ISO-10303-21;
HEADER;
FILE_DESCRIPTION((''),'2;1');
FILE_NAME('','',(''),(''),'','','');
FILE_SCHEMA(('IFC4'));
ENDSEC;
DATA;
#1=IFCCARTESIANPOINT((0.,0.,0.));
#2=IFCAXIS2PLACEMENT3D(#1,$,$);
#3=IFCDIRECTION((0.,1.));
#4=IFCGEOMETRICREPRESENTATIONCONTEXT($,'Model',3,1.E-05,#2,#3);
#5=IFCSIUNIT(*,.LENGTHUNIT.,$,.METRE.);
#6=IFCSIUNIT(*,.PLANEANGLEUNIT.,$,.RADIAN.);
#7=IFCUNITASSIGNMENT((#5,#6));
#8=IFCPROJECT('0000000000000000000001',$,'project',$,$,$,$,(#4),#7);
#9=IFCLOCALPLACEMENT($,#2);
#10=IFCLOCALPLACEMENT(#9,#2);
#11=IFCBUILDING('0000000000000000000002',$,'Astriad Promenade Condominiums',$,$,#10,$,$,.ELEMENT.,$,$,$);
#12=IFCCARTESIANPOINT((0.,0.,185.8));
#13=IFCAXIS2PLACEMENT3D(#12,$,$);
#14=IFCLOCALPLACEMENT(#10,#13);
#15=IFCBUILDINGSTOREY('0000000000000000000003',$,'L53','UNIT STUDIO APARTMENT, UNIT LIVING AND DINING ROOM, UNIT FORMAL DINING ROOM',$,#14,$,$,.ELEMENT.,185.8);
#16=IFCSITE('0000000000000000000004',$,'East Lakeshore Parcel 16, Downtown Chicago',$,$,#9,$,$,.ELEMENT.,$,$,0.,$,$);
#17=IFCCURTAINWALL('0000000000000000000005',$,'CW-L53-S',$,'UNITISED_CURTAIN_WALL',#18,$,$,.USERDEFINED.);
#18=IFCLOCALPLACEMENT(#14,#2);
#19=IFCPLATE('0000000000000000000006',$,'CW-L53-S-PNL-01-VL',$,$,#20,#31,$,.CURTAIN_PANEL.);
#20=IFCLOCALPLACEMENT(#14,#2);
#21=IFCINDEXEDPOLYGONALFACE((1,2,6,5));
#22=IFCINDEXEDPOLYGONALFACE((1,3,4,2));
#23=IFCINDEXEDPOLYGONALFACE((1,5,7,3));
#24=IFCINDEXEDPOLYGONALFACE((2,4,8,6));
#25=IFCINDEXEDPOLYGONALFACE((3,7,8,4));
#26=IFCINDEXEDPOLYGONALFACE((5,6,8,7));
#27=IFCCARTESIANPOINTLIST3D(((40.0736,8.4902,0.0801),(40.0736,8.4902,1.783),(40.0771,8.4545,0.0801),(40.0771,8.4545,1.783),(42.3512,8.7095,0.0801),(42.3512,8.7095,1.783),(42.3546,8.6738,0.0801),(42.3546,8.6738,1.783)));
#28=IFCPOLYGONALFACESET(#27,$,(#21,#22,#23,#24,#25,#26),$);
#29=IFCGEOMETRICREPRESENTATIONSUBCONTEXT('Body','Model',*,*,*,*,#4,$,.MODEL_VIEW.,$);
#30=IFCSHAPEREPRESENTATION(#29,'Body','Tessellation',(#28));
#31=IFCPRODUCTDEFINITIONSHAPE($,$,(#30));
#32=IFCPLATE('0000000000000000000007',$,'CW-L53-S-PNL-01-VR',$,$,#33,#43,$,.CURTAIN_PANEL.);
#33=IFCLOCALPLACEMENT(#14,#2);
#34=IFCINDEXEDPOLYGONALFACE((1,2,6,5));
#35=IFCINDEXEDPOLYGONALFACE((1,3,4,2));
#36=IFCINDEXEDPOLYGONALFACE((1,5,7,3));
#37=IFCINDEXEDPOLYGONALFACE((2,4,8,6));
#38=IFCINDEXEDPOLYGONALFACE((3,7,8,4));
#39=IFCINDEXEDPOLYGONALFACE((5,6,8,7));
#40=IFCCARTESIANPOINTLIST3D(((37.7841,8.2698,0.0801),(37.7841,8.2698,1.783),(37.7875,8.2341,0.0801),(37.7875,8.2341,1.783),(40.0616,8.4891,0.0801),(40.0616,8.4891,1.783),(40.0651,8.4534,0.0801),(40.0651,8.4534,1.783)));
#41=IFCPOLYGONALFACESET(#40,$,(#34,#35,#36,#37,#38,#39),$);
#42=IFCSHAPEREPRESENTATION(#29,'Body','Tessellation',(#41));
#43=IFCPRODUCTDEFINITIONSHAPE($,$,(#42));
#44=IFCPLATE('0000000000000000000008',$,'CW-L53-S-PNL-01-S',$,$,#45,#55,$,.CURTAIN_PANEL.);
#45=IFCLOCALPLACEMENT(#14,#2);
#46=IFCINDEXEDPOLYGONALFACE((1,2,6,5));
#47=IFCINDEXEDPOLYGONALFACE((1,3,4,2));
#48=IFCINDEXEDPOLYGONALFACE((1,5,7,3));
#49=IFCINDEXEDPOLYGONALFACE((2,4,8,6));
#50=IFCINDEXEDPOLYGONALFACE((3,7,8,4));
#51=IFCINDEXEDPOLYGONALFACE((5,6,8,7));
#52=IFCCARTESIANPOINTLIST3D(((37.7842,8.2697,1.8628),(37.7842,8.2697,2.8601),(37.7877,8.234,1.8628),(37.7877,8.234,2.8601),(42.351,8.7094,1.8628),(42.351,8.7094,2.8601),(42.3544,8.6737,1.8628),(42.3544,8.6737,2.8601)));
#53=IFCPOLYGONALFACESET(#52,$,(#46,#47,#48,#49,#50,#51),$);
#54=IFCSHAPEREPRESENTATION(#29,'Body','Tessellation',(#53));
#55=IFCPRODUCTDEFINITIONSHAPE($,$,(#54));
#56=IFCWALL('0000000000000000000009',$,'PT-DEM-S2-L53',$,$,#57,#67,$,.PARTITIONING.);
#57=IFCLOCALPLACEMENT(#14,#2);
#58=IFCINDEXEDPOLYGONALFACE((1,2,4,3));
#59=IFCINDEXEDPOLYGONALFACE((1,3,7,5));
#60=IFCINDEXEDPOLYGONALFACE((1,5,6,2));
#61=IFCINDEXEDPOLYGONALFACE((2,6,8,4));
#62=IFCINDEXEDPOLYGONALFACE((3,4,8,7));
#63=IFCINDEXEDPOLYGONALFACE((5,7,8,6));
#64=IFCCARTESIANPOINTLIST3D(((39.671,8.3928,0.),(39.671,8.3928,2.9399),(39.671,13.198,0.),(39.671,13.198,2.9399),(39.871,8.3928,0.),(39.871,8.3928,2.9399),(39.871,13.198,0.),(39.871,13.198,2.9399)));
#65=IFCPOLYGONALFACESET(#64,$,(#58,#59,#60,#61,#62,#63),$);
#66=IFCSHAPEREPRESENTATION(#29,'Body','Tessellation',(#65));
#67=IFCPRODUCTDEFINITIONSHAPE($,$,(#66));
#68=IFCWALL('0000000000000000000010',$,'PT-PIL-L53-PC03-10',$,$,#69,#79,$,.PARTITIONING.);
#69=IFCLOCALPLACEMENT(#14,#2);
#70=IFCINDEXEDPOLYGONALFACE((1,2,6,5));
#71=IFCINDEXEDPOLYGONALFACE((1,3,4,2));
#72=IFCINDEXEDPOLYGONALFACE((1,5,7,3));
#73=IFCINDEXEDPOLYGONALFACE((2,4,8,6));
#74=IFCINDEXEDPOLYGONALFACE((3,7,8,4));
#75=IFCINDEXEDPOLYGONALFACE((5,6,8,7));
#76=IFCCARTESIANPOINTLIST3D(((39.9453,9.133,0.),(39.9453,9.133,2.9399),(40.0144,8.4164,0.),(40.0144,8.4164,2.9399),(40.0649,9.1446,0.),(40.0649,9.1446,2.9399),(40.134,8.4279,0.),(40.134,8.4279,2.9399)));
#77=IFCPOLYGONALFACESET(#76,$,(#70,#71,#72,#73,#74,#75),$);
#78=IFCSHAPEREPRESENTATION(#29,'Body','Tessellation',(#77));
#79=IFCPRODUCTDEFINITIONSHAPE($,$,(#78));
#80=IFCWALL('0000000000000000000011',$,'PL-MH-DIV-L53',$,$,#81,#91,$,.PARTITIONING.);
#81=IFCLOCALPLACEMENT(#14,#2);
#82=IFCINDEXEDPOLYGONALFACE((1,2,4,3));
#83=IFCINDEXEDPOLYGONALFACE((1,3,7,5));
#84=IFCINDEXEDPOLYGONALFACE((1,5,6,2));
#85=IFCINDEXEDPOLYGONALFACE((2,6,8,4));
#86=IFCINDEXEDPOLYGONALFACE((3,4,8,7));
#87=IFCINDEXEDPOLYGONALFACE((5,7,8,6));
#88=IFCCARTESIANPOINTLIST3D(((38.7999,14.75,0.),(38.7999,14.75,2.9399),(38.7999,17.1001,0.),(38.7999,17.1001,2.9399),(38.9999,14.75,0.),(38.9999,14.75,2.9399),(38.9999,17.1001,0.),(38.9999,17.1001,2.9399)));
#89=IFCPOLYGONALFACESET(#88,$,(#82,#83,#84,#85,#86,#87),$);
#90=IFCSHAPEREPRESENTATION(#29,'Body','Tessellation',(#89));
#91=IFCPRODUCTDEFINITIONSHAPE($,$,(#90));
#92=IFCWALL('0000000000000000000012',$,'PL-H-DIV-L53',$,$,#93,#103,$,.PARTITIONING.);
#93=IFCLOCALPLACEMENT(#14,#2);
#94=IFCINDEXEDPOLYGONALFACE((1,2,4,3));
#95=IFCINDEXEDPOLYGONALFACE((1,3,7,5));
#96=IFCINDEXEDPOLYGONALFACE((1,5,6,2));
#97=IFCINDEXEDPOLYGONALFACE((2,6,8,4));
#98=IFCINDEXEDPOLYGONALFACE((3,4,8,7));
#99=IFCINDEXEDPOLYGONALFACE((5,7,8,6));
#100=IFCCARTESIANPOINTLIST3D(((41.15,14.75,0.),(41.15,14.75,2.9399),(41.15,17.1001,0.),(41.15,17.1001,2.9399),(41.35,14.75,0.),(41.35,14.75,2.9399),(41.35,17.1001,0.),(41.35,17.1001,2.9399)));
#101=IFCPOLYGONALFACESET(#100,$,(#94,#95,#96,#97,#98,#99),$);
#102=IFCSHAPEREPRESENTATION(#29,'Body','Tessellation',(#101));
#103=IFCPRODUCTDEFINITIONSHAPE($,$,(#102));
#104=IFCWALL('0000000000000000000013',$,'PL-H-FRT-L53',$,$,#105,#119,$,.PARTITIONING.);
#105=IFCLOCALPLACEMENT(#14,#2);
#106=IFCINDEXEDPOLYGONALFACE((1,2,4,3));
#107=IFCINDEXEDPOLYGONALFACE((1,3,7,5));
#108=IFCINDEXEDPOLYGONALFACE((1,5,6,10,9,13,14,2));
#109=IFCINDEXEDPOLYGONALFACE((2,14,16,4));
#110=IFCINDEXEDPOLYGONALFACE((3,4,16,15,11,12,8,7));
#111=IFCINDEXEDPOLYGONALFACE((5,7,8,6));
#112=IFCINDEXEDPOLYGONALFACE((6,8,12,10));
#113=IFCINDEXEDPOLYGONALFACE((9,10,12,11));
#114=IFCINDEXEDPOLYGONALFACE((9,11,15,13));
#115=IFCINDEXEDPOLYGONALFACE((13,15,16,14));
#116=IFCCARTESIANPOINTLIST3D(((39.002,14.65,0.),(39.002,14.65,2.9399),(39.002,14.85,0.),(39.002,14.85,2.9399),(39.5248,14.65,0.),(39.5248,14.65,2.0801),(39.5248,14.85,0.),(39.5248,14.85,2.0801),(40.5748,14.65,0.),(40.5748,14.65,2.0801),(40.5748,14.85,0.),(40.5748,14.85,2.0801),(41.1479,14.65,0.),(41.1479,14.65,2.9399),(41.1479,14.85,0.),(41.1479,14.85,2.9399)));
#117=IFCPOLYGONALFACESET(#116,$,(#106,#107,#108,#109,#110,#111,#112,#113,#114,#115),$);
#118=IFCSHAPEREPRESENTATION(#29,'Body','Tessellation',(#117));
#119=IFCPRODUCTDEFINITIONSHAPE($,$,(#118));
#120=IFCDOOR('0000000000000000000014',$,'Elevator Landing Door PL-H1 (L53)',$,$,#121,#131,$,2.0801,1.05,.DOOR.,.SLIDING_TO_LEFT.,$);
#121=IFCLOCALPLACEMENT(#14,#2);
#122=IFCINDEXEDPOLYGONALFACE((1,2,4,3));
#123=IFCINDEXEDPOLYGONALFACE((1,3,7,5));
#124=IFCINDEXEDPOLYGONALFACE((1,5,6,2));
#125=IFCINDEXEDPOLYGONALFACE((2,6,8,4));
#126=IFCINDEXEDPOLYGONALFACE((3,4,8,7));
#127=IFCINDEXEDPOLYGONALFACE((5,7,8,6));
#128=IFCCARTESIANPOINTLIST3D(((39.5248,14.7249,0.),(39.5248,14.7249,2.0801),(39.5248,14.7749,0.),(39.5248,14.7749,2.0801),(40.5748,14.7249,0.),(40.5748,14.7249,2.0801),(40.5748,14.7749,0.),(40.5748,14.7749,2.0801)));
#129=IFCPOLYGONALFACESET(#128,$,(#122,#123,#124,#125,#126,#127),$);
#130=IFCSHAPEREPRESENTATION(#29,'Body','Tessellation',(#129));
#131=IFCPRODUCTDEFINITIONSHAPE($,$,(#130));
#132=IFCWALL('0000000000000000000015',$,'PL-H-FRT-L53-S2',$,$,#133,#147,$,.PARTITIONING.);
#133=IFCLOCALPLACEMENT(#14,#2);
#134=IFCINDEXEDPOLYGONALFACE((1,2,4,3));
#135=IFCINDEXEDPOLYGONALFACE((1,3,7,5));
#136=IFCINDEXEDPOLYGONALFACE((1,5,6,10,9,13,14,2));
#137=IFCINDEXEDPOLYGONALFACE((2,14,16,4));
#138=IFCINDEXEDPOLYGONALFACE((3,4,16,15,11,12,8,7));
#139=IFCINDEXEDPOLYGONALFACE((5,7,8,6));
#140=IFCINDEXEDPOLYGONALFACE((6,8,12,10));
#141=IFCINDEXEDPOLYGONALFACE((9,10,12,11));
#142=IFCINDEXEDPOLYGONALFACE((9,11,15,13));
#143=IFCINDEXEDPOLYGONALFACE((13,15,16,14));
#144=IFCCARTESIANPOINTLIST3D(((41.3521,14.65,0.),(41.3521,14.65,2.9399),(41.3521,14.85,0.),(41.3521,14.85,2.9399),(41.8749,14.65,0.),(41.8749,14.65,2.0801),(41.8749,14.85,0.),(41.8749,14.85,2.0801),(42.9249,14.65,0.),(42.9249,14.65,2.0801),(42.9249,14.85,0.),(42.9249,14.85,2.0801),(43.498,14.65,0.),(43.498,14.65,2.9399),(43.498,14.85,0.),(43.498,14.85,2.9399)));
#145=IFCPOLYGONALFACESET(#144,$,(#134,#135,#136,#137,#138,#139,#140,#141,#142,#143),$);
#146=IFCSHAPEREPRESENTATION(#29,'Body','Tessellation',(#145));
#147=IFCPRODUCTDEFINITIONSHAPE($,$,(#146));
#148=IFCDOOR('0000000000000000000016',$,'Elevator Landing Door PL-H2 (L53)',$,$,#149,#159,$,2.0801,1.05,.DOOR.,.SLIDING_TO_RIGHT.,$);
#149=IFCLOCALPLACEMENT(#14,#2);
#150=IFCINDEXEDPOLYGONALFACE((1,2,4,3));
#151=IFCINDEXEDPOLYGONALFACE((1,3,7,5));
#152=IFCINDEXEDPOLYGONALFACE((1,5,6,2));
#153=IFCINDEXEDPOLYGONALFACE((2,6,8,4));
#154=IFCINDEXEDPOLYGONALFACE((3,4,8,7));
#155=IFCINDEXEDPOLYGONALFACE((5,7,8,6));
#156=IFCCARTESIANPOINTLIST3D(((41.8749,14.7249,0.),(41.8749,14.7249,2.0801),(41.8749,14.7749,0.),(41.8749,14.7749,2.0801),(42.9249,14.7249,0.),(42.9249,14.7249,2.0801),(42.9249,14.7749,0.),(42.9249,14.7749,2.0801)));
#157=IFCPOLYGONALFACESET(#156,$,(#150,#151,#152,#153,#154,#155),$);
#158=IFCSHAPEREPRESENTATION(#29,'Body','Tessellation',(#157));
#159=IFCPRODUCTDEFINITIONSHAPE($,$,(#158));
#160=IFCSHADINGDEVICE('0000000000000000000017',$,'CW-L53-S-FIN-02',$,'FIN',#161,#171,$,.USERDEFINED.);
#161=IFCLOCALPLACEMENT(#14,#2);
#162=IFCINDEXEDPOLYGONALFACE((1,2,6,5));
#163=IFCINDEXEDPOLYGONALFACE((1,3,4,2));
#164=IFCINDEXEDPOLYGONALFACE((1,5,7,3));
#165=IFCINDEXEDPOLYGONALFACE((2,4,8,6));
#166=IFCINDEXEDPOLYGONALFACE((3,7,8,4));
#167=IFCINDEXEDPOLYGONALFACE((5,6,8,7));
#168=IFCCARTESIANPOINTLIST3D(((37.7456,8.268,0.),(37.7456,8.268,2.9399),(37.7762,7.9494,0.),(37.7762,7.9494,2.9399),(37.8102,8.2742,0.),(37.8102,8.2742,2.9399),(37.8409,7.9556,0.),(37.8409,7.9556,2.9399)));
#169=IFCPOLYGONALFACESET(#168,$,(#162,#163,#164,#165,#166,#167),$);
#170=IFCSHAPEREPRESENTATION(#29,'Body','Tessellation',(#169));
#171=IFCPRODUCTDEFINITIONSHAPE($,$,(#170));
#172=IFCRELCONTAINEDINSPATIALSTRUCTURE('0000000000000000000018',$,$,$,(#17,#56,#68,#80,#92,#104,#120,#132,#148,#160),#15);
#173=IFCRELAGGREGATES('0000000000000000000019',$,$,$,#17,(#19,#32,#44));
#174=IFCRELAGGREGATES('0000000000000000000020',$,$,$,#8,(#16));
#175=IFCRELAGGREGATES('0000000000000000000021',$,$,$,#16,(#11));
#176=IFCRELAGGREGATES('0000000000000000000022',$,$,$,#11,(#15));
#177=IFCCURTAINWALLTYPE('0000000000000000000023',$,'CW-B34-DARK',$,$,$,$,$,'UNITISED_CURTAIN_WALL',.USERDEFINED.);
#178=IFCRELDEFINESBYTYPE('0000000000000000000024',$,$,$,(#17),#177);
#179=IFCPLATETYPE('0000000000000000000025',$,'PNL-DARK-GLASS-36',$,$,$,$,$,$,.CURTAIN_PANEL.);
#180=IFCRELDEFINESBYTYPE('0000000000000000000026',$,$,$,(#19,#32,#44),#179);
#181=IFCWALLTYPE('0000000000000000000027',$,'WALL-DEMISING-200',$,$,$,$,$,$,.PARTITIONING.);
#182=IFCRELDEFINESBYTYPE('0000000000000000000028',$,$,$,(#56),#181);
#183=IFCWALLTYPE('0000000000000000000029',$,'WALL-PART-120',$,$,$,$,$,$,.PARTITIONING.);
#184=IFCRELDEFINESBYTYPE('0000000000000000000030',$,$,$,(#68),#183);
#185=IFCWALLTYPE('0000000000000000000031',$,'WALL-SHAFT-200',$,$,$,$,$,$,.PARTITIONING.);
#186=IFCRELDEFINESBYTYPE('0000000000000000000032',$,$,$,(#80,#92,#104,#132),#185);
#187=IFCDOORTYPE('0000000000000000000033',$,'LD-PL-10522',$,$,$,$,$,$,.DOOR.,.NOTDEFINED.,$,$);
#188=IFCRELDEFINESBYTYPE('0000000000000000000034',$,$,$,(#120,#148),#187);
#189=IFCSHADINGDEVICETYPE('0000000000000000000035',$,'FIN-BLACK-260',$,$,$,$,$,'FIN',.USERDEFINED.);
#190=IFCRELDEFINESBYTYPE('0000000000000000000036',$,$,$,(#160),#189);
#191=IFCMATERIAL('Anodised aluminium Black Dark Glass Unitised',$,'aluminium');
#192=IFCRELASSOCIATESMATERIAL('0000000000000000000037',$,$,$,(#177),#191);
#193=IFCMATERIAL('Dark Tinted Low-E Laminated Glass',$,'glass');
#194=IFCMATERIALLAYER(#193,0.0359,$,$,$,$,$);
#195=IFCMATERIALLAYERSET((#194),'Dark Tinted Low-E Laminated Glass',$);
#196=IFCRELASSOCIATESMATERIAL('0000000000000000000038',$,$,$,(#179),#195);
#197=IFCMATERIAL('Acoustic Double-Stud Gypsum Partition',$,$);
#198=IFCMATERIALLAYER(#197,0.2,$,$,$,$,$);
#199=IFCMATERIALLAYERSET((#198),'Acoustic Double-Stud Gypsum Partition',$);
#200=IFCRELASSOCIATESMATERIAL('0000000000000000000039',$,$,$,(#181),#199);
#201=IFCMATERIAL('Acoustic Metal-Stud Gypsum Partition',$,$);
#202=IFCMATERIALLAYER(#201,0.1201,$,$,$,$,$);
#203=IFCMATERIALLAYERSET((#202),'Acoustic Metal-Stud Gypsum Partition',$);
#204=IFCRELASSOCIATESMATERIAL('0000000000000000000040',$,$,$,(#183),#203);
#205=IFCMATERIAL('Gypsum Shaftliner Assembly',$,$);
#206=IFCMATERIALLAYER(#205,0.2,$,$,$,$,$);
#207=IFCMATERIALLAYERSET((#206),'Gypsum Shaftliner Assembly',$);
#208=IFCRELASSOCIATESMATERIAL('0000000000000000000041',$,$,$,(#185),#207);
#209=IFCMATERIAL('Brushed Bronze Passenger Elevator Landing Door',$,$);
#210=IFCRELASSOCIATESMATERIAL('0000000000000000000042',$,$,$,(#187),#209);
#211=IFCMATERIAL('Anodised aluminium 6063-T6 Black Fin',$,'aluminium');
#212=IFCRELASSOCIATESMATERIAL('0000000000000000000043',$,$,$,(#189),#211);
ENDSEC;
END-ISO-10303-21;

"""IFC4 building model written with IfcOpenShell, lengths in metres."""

from ifc_helpers import new_model, si_unit, direction, frame, frame_2d, origin, origin_2d, place, context, subcontext, project, spatial, rectangle, extrude, source, transform, mapped, material, layer, layer_set, type_object, type_shapes, element, fill, aggregate, save


model = new_model("IFC4")

# Units and contexts
model_context = context("Model", 3, precision=1e-05, world=origin(), true_north=direction((0.0, 1.0)))
body_context = subcontext(model_context, "Body", "Model", "MODEL_VIEW")
ifc_project = project(units=[si_unit("LENGTHUNIT", "METRE"), si_unit("PLANEANGLEUNIT", "RADIAN")], contexts=[model_context])

# Site, building, storey
site_placement = place(None, origin())
site = spatial("IfcSite", under=ifc_project, at=site_placement, Name="East Lakeshore Parcel 16, Downtown Chicago", CompositionType="ELEMENT", RefElevation=0.0)
building_placement = place(site_placement, origin())
building = spatial("IfcBuilding", under=site, at=building_placement, Name="Astriad Promenade Condominiums", CompositionType="ELEMENT")
storey_placement = place(building_placement, frame((0.0, 0.0, 185.8)))
storey = spatial("IfcBuildingStorey", under=building, at=storey_placement, Name="L53", Description="UNIT STUDIO APARTMENT, UNIT LIVING AND DINING ROOM, UNIT FORMAL DINING ROOM", CompositionType="ELEMENT", Elevation=185.8)

# Curtain wall, plates
ifc_material_1 = material(Name="Anodised aluminium Black Dark Glass Unitised", Category="aluminium")
curtain_wall_type = type_object("IfcCurtainWallType", Name="CW-B34-DARK", ElementType="UNITISED_CURTAIN_WALL", PredefinedType="USERDEFINED", material=ifc_material_1)
curtain_wall_placement = place(storey_placement, origin())
curtain_wall = element("IfcCurtainWall", 1, at=curtain_wall_placement, inside=storey, type_object=curtain_wall_type, Name="CW-L53-S", ObjectType="UNITISED_CURTAIN_WALL", PredefinedType="USERDEFINED")
ifc_material_2 = material(Name="Dark Tinted Low-E Laminated Glass", Category="glass")
ifc_layer_1 = layer(ifc_material_2, 0.0359)
ifc_layer_set_1 = layer_set([ifc_layer_1], Name="Dark Tinted Low-E Laminated Glass")
plate_type = type_object("IfcPlateType", Name="PNL-DARK-GLASS-36", PredefinedType="CURTAIN_PANEL", material=ifc_layer_set_1)
shared_shape_1 = source(origin(), body_context, "Body", "SweptSolid", [
    extrude(rectangle(XDim=2.2881, YDim=0.0359, at=origin_2d()), origin(), (0.0, 0.0, 1.0), 1.7029),
])
plate_1_placement = place(storey_placement, frame((41.2141, 8.582, 0.0801), z_axis=(0.0, 0.0, 1.0), x_axis=(-0.995396, -0.095846, 0.0)))
plate_1 = element("IfcPlate", 2, at=plate_1_placement, type_object=plate_type, Name="CW-L53-S-PNL-01-VL", PredefinedType="CURTAIN_PANEL", context=body_context, shape_type="MappedRepresentation", body=[
    mapped(shared_shape_1, transform((0.0, 0.0, 0.0), scale=1.0)),
])
plate_2_placement = place(storey_placement, frame((38.9246, 8.3616, 0.0801), z_axis=(0.0, 0.0, 1.0), x_axis=(-0.995396, -0.095846, 0.0)))
plate_2 = element("IfcPlate", 3, at=plate_2_placement, type_object=plate_type, Name="CW-L53-S-PNL-01-VR", PredefinedType="CURTAIN_PANEL", context=body_context, shape_type="MappedRepresentation", body=[
    mapped(shared_shape_1, transform((0.0, 0.0, 0.0), scale=1.0)),
])
shared_shape_2 = source(origin(), body_context, "Body", "SweptSolid", [
    extrude(rectangle(XDim=4.5879, YDim=0.0359, at=origin_2d()), origin(), (0.0, 0.0, 1.0), 0.9973),
])
type_shapes(plate_type, [shared_shape_1, shared_shape_2])
plate_3_placement = place(storey_placement, frame((40.0693, 8.4717, 1.8628), z_axis=(0.0, 0.0, 1.0), x_axis=(-0.995396, -0.095846, 0.0)))
plate_3 = element("IfcPlate", 4, at=plate_3_placement, type_object=plate_type, Name="CW-L53-S-PNL-01-S", PredefinedType="CURTAIN_PANEL", context=body_context, shape_type="MappedRepresentation", body=[
    mapped(shared_shape_2, transform((0.0, 0.0, 0.0), scale=1.0)),
])
aggregate(curtain_wall, [plate_1, plate_2, plate_3])

# Walls
ifc_material_3 = material(Name="Acoustic Double-Stud Gypsum Partition")
ifc_layer_2 = layer(ifc_material_3, 0.2)
ifc_layer_set_2 = layer_set([ifc_layer_2], Name="Acoustic Double-Stud Gypsum Partition")
wall_type_1 = type_object("IfcWallType", Name="WALL-DEMISING-200", PredefinedType="PARTITIONING", material=ifc_layer_set_2)
wall_1_placement = place(storey_placement, frame((39.771, 8.3928, 0.0), z_axis=(0.0, 0.0, 1.0), x_axis=(0.0, 1.0, 0.0)))
element("IfcWall", 5, at=wall_1_placement, inside=storey, type_object=wall_type_1, Name="PT-DEM-S2-L53", PredefinedType="PARTITIONING", context=body_context, shape_type="SweptSolid", body=[
    extrude(rectangle(XDim=4.8052, YDim=0.2, at=frame_2d((2.4026, 0.0))), origin(), (0.0, 0.0, 1.0), 2.9399),
])
ifc_material_4 = material(Name="Acoustic Metal-Stud Gypsum Partition")
ifc_layer_3 = layer(ifc_material_4, 0.1201)
ifc_layer_set_3 = layer_set([ifc_layer_3], Name="Acoustic Metal-Stud Gypsum Partition")
wall_type_2 = type_object("IfcWallType", Name="WALL-PART-120", PredefinedType="PARTITIONING", material=ifc_layer_set_3)
wall_2_placement = place(storey_placement, frame((40.0051, 9.1387, 0.0), z_axis=(0.0, 0.0, 1.0), x_axis=(0.095977, -0.995384, 0.0)))
element("IfcWall", 6, at=wall_2_placement, inside=storey, type_object=wall_type_2, Name="PT-PIL-L53-PC03-10", PredefinedType="PARTITIONING", context=body_context, shape_type="SweptSolid", body=[
    extrude(rectangle(XDim=0.72, YDim=0.1201, at=frame_2d((0.3599, 0.0))), origin(), (0.0, 0.0, 1.0), 2.9399),
])
ifc_material_5 = material(Name="Gypsum Shaftliner Assembly")
ifc_layer_4 = layer(ifc_material_5, 0.2)
ifc_layer_set_4 = layer_set([ifc_layer_4], Name="Gypsum Shaftliner Assembly")
wall_type_3 = type_object("IfcWallType", Name="WALL-SHAFT-200", PredefinedType="PARTITIONING", material=ifc_layer_set_4)
for number, where, z_axis, x_axis, name in (
    (7, (38.8999, 14.75, 0.0), (0.0, 0.0, 1.0), (0.0, 1.0, 0.0), "PL-MH-DIV-L53"),
    (8, (41.25, 14.75, 0.0), (0.0, 0.0, 1.0), (0.0, 1.0, 0.0), "PL-H-DIV-L53"),
):
    element("IfcWall", number, at=place(storey_placement, frame(where, z_axis=z_axis, x_axis=x_axis)), inside=storey, type_object=wall_type_3, Name=name, PredefinedType="PARTITIONING", context=body_context, shape_type="SweptSolid", body=[
        extrude(rectangle(XDim=2.3501, YDim=0.2, at=frame_2d((1.175, 0.0))), origin(), (0.0, 0.0, 1.0), 2.9399),
    ])

# Walls, openings, doors
wall_3_placement = place(storey_placement, frame((39.002, 14.75, 0.0), z_axis=(0.0, 0.0, 1.0), x_axis=(1.0, 0.0, 0.0)))
wall_3 = element("IfcWall", 9, at=wall_3_placement, inside=storey, type_object=wall_type_3, Name="PL-H-FRT-L53", PredefinedType="PARTITIONING", context=body_context, shape_type="SweptSolid", body=[
    extrude(rectangle(XDim=2.146, YDim=0.2, at=frame_2d((1.073, 0.0))), origin(), (0.0, 0.0, 1.0), 2.9399),
])
opening_1_placement = place(wall_3_placement, frame((0.5229, 0.0, 0.0)))
opening_1 = element("IfcOpeningElement", 10, at=opening_1_placement, cuts=wall_3, PredefinedType="OPENING", context=body_context, shape_type="SweptSolid", body=[
    extrude(rectangle(XDim=1.05, YDim=2.0801, at=frame_2d((0.5249, 1.04))), frame((0.0, 0.1099, 0.0), z_axis=(0.0, -1.0, 0.0), x_axis=(1.0, 0.0, 0.0)), (0.0, 0.0, 1.0), 0.22),
])
ifc_material_6 = material(Name="Brushed Bronze Passenger Elevator Landing Door")
door_type = type_object("IfcDoorType", Name="LD-PL-10522", OperationType="NOTDEFINED", PredefinedType="DOOR", material=ifc_material_6)
shared_shape_3 = source(origin(), body_context, "Body", "SweptSolid", [
    extrude(rectangle(XDim=1.05, YDim=2.0801, at=frame_2d((0.5249, 1.04))), frame((0.0, 0.0249, 0.0), z_axis=(0.0, -1.0, 0.0), x_axis=(1.0, 0.0, 0.0)), (0.0, 0.0, 1.0), 0.05),
])
type_shapes(door_type, [shared_shape_3])
door_1_placement = place(opening_1_placement, origin())
door_1 = element("IfcDoor", 11, at=door_1_placement, inside=storey, type_object=door_type, Name="Elevator Landing Door PL-H1 (L53)", OperationType="SLIDING_TO_LEFT", OverallHeight=2.0801, OverallWidth=1.05, PredefinedType="DOOR", context=body_context, shape_type="MappedRepresentation", body=[
    mapped(shared_shape_3, transform((0.0, 0.0, 0.0), scale=1.0)),
])
fill(opening_1, door_1)
wall_4_placement = place(storey_placement, frame((41.3521, 14.75, 0.0), z_axis=(0.0, 0.0, 1.0), x_axis=(1.0, 0.0, 0.0)))
wall_4 = element("IfcWall", 12, at=wall_4_placement, inside=storey, type_object=wall_type_3, Name="PL-H-FRT-L53-S2", PredefinedType="PARTITIONING", context=body_context, shape_type="SweptSolid", body=[
    extrude(rectangle(XDim=2.146, YDim=0.2, at=frame_2d((1.073, 0.0))), origin(), (0.0, 0.0, 1.0), 2.9399),
])
opening_2_placement = place(wall_4_placement, frame((0.5229, 0.0, 0.0)))
opening_2 = element("IfcOpeningElement", 13, at=opening_2_placement, cuts=wall_4, PredefinedType="OPENING", context=body_context, shape_type="SweptSolid", body=[
    extrude(rectangle(XDim=1.05, YDim=2.0801, at=frame_2d((0.5249, 1.04))), frame((0.0, 0.1099, 0.0), z_axis=(0.0, -1.0, 0.0), x_axis=(1.0, 0.0, 0.0)), (0.0, 0.0, 1.0), 0.22),
])
door_2_placement = place(opening_2_placement, origin())
door_2 = element("IfcDoor", 14, at=door_2_placement, inside=storey, type_object=door_type, Name="Elevator Landing Door PL-H2 (L53)", OperationType="SLIDING_TO_RIGHT", OverallHeight=2.0801, OverallWidth=1.05, PredefinedType="DOOR", context=body_context, shape_type="MappedRepresentation", body=[
    mapped(shared_shape_3, transform((0.0, 0.0, 0.0), scale=1.0)),
])
fill(opening_2, door_2)

# Shading device
ifc_material_7 = material(Name="Anodised aluminium 6063-T6 Black Fin", Category="aluminium")
shading_device_type = type_object("IfcShadingDeviceType", Name="FIN-BLACK-260", ElementType="FIN", PredefinedType="USERDEFINED", material=ifc_material_7)
shared_shape_4 = source(origin(), body_context, "Body", "SweptSolid", [
    extrude(rectangle(XDim=0.0649, YDim=0.3201, at=origin_2d()), origin(), (0.0, 0.0, 1.0), 2.9399),
])
type_shapes(shading_device_type, [shared_shape_4])
shading_device_placement = place(storey_placement, frame((37.7932, 8.1118, 0.0), z_axis=(0.0, 0.0, 1.0), x_axis=(-0.995396, -0.095846, 0.0)))
element("IfcShadingDevice", 15, at=shading_device_placement, inside=storey, type_object=shading_device_type, Name="CW-L53-S-FIN-02", ObjectType="FIN", PredefinedType="USERDEFINED", context=body_context, shape_type="MappedRepresentation", body=[
    mapped(shared_shape_4, transform((0.0, 0.0, 0.0), scale=1.0)),
])

save(model, "model.ifc")
